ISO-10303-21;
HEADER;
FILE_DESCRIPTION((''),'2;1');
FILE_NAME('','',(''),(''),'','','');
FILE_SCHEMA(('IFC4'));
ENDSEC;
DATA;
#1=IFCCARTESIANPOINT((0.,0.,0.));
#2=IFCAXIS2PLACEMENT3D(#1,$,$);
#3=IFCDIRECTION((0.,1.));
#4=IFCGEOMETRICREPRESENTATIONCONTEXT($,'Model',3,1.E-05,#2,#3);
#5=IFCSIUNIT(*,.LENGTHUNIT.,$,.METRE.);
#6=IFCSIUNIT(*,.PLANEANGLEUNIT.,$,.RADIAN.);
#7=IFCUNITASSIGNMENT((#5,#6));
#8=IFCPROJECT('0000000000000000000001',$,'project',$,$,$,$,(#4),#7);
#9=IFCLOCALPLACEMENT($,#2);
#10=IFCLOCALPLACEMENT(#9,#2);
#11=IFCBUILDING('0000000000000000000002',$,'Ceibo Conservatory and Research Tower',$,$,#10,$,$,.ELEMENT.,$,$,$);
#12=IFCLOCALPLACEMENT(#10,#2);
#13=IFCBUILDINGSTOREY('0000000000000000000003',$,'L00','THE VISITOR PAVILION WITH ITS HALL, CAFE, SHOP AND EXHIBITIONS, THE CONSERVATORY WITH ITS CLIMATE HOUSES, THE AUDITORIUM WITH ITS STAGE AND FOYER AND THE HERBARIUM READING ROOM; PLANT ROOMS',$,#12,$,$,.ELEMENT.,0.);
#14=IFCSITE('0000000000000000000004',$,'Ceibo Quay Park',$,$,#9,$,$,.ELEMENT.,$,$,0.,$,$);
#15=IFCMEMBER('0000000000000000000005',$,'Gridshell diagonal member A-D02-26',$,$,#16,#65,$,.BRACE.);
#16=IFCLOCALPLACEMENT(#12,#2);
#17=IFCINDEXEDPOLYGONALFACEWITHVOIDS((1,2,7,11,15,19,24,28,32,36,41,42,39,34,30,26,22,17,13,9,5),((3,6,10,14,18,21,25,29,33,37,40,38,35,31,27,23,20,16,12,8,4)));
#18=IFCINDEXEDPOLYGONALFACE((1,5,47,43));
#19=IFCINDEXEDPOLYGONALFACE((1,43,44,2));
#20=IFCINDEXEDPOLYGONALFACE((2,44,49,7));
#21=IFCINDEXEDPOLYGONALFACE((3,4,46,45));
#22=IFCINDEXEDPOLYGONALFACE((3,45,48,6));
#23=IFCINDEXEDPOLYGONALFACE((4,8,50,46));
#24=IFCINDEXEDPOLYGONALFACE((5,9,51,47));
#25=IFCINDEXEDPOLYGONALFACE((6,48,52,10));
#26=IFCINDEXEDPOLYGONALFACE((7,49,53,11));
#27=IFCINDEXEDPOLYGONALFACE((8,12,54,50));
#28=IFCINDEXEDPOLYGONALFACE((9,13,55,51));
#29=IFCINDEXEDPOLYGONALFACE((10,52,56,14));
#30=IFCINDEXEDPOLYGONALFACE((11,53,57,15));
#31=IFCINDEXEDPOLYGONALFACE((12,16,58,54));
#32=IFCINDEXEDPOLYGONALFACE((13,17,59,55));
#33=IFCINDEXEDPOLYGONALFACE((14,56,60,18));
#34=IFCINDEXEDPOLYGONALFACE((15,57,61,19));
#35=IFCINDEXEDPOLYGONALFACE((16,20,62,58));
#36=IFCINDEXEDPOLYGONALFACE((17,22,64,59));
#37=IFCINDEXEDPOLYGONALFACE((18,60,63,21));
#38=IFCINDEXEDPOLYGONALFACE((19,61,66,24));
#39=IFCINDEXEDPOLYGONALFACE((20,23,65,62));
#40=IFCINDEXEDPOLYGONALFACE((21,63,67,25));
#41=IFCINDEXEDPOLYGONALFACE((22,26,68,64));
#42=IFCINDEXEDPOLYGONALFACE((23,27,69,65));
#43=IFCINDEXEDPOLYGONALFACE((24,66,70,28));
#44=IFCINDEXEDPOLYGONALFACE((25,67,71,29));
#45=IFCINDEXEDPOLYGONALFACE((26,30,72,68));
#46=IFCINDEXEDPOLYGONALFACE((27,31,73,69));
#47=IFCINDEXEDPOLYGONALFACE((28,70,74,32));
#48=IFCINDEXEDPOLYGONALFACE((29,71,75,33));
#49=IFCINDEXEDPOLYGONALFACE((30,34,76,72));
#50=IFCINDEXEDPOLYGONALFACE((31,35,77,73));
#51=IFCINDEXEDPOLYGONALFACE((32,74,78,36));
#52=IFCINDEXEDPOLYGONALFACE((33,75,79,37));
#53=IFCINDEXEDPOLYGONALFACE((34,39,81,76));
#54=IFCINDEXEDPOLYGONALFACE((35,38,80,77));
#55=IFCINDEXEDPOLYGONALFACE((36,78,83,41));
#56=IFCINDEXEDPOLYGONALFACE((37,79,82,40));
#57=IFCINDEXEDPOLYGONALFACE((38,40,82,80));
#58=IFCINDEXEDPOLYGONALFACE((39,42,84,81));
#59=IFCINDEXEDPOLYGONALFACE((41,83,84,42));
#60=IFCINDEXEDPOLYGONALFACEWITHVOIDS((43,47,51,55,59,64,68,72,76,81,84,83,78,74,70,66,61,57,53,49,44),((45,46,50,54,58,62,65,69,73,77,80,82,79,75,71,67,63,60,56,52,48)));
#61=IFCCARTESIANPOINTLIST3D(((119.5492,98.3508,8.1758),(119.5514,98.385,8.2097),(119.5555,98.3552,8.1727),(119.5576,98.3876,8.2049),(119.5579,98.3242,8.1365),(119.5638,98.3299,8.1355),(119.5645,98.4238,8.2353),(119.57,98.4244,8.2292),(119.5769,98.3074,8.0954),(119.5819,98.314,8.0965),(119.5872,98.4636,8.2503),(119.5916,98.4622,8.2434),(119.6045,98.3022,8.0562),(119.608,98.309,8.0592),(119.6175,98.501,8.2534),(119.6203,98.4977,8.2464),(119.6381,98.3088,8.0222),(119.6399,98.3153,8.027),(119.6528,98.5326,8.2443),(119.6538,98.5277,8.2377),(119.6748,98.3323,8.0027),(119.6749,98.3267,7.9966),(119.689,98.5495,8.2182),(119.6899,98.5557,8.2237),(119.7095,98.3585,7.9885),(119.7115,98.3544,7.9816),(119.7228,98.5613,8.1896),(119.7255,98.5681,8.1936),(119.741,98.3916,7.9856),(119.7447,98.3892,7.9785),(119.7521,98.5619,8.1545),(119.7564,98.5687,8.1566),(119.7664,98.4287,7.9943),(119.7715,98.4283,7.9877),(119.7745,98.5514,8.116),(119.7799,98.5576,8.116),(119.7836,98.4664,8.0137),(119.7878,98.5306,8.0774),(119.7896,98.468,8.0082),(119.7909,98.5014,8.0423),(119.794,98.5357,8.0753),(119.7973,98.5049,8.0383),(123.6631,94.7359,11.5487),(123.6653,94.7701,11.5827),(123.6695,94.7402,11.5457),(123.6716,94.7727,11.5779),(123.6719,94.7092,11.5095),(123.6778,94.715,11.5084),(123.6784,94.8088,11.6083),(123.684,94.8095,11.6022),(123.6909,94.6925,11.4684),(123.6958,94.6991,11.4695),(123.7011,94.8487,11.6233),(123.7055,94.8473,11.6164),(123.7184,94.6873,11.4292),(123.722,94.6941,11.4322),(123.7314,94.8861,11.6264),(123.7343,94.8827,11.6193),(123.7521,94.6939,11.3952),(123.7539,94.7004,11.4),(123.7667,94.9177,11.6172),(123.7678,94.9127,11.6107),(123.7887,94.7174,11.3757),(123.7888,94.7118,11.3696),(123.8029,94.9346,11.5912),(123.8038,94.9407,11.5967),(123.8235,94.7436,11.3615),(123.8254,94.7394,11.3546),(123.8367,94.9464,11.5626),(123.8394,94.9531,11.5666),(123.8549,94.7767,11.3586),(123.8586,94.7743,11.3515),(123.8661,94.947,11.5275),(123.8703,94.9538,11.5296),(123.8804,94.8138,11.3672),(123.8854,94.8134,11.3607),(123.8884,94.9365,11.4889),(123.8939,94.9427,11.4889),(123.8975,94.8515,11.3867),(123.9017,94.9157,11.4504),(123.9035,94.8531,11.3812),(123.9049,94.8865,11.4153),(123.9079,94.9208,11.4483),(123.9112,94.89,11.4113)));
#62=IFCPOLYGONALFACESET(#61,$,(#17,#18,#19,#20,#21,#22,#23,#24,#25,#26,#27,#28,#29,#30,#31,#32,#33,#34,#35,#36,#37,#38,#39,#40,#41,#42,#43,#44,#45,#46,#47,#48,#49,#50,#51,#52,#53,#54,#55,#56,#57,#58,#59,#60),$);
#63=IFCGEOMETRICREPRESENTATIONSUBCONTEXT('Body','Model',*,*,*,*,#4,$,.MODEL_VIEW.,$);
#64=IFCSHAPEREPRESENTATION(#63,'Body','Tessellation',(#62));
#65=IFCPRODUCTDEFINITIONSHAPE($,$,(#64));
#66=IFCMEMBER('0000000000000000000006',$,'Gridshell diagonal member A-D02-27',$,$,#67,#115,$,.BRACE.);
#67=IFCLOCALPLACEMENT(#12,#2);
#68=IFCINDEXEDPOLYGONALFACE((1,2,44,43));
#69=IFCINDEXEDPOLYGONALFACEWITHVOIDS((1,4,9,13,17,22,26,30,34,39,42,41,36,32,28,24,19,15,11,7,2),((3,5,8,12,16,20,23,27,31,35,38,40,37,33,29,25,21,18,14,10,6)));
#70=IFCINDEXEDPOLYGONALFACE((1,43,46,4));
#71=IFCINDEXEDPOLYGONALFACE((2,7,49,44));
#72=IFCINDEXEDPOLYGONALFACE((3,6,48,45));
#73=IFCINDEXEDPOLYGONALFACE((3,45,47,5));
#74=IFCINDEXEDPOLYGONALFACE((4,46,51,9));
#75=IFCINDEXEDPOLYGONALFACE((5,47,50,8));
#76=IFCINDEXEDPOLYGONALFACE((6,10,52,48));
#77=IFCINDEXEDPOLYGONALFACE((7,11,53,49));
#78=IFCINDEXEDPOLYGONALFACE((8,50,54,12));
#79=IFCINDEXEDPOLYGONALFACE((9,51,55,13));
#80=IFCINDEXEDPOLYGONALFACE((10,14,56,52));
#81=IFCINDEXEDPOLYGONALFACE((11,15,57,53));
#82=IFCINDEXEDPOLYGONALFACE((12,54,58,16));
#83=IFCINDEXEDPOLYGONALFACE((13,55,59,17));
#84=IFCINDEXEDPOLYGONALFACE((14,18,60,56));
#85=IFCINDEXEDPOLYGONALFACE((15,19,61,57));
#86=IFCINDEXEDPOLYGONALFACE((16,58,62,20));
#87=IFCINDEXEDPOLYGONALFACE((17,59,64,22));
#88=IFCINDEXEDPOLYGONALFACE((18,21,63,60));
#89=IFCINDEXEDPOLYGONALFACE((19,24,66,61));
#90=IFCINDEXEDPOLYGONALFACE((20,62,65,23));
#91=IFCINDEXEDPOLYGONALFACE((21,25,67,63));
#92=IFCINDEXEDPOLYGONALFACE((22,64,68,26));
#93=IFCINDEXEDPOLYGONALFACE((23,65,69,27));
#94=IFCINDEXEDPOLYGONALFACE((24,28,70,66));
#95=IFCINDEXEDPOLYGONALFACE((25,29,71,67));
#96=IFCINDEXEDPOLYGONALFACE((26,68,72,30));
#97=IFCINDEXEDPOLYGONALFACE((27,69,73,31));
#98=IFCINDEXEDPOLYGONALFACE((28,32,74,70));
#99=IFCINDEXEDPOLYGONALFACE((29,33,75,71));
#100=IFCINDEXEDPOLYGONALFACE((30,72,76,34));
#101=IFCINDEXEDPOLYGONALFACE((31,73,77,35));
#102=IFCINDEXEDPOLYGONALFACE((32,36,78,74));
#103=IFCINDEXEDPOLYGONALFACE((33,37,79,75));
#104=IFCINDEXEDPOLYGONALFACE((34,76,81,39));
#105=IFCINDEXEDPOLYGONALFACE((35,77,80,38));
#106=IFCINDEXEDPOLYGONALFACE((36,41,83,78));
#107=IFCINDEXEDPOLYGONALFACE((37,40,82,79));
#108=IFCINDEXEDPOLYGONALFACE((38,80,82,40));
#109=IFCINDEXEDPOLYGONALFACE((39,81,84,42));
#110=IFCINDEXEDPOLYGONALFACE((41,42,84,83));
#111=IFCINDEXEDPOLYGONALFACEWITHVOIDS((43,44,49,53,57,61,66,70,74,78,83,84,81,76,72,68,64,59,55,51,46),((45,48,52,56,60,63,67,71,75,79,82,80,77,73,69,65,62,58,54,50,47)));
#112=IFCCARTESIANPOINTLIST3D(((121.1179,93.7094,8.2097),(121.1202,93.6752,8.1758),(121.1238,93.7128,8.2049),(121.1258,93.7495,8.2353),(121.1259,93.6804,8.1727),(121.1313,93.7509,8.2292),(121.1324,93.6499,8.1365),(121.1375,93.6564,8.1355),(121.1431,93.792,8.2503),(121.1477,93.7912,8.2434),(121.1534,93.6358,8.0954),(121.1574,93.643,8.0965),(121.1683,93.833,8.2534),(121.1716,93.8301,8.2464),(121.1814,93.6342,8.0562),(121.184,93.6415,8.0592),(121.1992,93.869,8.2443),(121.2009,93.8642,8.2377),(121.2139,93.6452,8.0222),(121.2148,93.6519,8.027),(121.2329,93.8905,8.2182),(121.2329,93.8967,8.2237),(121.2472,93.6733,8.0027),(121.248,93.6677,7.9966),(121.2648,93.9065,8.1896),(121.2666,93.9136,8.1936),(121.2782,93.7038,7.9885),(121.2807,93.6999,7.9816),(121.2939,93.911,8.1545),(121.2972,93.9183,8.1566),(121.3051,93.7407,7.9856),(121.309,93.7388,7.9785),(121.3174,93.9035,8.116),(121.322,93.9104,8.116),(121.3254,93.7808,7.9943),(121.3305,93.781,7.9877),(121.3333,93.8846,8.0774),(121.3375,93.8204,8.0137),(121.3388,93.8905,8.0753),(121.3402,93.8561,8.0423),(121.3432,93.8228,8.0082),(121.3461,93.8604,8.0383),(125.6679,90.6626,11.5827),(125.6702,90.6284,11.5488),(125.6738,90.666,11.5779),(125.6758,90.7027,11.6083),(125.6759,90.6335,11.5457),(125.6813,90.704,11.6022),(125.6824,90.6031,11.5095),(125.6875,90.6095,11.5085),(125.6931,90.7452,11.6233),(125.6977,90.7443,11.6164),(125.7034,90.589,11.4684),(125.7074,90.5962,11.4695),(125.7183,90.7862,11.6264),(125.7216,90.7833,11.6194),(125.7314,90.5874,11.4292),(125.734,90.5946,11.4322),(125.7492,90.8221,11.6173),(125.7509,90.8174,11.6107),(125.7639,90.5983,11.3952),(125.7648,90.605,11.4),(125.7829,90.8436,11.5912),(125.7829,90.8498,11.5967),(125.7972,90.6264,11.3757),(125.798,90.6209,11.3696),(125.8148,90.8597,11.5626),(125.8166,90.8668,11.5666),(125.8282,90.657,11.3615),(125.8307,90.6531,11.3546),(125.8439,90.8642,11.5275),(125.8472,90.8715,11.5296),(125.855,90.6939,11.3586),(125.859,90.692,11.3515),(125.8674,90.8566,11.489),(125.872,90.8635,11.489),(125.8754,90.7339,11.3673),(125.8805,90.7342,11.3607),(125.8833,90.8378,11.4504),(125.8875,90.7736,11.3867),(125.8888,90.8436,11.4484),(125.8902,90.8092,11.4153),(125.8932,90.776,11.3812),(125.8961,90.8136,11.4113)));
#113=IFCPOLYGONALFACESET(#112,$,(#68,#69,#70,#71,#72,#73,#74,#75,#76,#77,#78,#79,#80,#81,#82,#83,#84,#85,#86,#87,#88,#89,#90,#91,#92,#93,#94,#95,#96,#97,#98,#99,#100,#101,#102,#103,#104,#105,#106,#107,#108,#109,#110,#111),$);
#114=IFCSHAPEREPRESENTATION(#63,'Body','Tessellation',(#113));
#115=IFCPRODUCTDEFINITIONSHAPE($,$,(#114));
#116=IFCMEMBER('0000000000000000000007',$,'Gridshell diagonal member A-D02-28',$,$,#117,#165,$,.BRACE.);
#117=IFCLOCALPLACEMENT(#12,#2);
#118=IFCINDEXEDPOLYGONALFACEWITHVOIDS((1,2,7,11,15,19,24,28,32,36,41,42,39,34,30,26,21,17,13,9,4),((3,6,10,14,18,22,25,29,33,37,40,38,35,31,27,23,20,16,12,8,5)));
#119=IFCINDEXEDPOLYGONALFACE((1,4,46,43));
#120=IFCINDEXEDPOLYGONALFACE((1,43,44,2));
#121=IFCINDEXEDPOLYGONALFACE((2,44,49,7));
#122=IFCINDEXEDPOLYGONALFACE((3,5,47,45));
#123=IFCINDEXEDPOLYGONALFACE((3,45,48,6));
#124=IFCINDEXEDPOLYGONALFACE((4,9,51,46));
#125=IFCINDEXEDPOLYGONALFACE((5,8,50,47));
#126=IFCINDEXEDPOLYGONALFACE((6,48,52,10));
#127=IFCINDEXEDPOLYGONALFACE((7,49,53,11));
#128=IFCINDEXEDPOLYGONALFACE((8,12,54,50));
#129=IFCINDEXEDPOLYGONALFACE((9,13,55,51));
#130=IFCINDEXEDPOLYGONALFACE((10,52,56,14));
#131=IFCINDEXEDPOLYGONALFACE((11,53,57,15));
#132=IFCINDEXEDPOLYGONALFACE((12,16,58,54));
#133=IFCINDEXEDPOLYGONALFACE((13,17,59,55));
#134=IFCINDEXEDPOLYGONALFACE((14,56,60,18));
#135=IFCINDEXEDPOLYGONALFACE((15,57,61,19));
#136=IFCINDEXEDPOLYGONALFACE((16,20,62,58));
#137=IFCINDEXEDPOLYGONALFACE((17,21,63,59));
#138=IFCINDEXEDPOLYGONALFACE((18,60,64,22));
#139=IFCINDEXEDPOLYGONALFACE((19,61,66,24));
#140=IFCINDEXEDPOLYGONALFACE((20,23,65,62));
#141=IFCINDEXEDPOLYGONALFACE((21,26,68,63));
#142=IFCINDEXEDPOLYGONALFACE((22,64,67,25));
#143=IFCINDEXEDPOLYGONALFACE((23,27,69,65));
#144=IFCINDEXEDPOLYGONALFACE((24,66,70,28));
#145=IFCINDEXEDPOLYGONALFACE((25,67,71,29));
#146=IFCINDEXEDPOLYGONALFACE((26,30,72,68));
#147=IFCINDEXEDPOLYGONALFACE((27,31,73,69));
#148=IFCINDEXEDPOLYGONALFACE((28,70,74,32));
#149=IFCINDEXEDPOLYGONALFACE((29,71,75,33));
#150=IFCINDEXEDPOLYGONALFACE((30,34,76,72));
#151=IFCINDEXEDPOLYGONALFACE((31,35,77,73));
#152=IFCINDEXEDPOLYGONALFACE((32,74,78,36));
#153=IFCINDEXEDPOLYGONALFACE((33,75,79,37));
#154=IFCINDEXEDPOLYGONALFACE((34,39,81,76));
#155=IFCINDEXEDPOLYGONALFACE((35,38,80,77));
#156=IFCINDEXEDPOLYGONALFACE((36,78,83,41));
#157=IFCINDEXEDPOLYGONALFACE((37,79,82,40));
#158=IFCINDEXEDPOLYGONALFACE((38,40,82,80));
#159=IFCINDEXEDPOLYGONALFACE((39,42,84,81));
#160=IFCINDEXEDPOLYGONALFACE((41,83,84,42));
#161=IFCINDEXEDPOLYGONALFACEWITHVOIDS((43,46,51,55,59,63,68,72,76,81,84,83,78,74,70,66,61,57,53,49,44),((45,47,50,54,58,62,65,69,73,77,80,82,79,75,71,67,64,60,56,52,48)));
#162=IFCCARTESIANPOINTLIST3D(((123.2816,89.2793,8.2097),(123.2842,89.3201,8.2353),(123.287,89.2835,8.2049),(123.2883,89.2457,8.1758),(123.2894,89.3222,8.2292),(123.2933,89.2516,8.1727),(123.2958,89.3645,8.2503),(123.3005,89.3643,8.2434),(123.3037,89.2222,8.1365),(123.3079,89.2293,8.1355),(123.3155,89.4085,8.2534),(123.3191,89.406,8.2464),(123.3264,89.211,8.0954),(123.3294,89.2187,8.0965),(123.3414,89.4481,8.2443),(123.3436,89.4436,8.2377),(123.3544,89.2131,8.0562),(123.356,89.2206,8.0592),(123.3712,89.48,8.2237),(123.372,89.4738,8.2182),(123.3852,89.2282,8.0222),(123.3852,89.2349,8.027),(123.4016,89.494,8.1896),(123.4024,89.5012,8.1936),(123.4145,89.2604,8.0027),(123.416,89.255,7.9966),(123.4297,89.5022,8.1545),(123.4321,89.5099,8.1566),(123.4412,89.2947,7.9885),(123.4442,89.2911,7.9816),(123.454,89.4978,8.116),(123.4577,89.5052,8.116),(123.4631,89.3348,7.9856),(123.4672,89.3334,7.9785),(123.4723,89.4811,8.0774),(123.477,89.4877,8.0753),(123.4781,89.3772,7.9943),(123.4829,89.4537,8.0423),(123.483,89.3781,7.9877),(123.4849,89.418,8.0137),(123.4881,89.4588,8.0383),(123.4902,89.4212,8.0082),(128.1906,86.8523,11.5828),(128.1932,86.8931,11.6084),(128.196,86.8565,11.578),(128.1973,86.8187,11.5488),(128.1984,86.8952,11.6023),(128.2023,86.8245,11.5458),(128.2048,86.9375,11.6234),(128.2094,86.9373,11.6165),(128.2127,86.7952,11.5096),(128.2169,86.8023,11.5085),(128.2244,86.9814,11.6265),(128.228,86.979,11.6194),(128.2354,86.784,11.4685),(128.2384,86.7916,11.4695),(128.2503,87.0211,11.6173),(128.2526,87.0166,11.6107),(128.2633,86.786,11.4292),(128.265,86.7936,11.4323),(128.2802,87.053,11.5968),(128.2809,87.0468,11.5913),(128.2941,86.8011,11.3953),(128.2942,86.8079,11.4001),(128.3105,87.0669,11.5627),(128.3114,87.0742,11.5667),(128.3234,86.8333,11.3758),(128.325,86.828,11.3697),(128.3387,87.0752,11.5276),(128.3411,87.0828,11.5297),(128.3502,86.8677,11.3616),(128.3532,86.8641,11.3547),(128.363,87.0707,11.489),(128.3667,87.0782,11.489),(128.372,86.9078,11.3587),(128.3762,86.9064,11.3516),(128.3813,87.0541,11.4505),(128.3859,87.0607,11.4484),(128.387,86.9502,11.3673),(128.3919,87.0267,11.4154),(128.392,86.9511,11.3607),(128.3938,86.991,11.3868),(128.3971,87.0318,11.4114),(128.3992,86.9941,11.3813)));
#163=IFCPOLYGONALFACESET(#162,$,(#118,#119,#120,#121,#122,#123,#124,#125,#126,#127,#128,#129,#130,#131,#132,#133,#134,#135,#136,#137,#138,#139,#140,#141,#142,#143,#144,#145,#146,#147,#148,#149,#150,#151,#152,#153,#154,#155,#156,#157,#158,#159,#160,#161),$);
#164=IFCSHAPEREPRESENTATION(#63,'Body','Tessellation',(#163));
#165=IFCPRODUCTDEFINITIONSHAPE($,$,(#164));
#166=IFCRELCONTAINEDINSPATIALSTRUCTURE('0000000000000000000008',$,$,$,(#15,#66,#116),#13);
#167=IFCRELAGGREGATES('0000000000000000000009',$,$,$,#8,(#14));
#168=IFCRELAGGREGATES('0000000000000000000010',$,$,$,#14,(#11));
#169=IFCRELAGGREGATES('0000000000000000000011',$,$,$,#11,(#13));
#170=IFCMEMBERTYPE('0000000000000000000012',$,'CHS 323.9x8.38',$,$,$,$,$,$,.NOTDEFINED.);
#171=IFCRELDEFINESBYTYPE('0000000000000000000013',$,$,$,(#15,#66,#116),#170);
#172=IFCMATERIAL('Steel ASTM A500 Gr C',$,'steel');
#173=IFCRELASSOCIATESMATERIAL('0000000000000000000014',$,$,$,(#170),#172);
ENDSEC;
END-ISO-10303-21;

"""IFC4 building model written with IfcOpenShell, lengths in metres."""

from ifc_helpers import new_model, si_unit, direction, frame, origin, origin_2d, place, context, subcontext, project, spatial, hollow_circle, extrude, material, material_profile, profile_set, type_object, element, save


model = new_model("IFC4")

# Units and contexts
model_context = context("Model", 3, precision=1e-05, world=origin(), true_north=direction((0.0, 1.0)))
body_context = subcontext(model_context, "Body", "Model", "MODEL_VIEW")
ifc_project = project(units=[si_unit("LENGTHUNIT", "METRE"), si_unit("PLANEANGLEUNIT", "RADIAN")], contexts=[model_context])

# Site, building, storey
site_placement = place(None, origin())
site = spatial("IfcSite", under=ifc_project, at=site_placement, Name="Ceibo Quay Park", CompositionType="ELEMENT", RefElevation=0.0)
building_placement = place(site_placement, origin())
building = spatial("IfcBuilding", under=site, at=building_placement, Name="Ceibo Conservatory and Research Tower", CompositionType="ELEMENT")
storey_placement = place(building_placement, origin())
storey = spatial("IfcBuildingStorey", under=building, at=storey_placement, Name="L00", Description="THE VISITOR PAVILION WITH ITS HALL, CAFE, SHOP AND EXHIBITIONS, THE CONSERVATORY WITH ITS CLIMATE HOUSES, THE AUDITORIUM WITH ITS STAGE AND FOYER AND THE HERBARIUM READING ROOM; PLANT ROOMS", CompositionType="ELEMENT", Elevation=0.0)

# Members
ifc_material_1 = material(Name="Steel ASTM A500 Gr C", Category="steel")
ifc_material_profile_1 = material_profile(ifc_material_1, hollow_circle(Radius=0.1619, WallThickness=0.0083, at=origin_2d()), Name="CHS 323.9x8.38")
ifc_profile_set_1 = profile_set([ifc_material_profile_1], Name="Steel ASTM A500 Gr C")
member_type_1 = type_object("IfcMemberType", Name="CHS 323.9x8.38", PredefinedType="NOTDEFINED", material=ifc_profile_set_1)
member_1_placement = place(storey_placement, frame((119.6731, 98.436, 8.116), z_axis=(0.639616, -0.562031, 0.524416), x_axis=(0.660078, 0.751197, 0.0)))
element("IfcMember", 1, at=member_1_placement, inside=storey, type_object=member_type_1, Name="Gridshell diagonal member A-D02-26", PredefinedType="BRACE", context=body_context, shape_type="SweptSolid", body=[
    extrude(hollow_circle(Radius=0.1619, WallThickness=0.0083, at=origin_2d()), origin(), (0.0, 0.0, 1.0), 6.4319),
])
member_2_placement = place(storey_placement, frame((121.2319, 93.7759, 8.116), z_axis=(0.707466, -0.473745, 0.52446), x_axis=(0.556407, 0.83091, 0.0)))
element("IfcMember", 2, at=member_2_placement, inside=storey, type_object=member_type_1, Name="Gridshell diagonal member A-D02-27", PredefinedType="BRACE", context=body_context, shape_type="SweptSolid", body=[
    extrude(hollow_circle(Radius=0.1619, WallThickness=0.0083, at=origin_2d()), origin(), (0.0, 0.0, 1.0), 6.4314),
])
member_3_placement = place(storey_placement, frame((123.386, 89.3601, 8.116), z_axis=(0.763253, -0.377356, 0.524449), x_axis=(0.443197, 0.896424, 0.0)))
element("IfcMember", 3, at=member_3_placement, inside=storey, type_object=member_type_1, Name="Gridshell diagonal member A-D02-28", PredefinedType="BRACE", context=body_context, shape_type="SweptSolid", body=[
    extrude(hollow_circle(Radius=0.1619, WallThickness=0.0083, at=origin_2d()), origin(), (0.0, 0.0, 1.0), 6.4316),
])

save(model, "model.ifc")
